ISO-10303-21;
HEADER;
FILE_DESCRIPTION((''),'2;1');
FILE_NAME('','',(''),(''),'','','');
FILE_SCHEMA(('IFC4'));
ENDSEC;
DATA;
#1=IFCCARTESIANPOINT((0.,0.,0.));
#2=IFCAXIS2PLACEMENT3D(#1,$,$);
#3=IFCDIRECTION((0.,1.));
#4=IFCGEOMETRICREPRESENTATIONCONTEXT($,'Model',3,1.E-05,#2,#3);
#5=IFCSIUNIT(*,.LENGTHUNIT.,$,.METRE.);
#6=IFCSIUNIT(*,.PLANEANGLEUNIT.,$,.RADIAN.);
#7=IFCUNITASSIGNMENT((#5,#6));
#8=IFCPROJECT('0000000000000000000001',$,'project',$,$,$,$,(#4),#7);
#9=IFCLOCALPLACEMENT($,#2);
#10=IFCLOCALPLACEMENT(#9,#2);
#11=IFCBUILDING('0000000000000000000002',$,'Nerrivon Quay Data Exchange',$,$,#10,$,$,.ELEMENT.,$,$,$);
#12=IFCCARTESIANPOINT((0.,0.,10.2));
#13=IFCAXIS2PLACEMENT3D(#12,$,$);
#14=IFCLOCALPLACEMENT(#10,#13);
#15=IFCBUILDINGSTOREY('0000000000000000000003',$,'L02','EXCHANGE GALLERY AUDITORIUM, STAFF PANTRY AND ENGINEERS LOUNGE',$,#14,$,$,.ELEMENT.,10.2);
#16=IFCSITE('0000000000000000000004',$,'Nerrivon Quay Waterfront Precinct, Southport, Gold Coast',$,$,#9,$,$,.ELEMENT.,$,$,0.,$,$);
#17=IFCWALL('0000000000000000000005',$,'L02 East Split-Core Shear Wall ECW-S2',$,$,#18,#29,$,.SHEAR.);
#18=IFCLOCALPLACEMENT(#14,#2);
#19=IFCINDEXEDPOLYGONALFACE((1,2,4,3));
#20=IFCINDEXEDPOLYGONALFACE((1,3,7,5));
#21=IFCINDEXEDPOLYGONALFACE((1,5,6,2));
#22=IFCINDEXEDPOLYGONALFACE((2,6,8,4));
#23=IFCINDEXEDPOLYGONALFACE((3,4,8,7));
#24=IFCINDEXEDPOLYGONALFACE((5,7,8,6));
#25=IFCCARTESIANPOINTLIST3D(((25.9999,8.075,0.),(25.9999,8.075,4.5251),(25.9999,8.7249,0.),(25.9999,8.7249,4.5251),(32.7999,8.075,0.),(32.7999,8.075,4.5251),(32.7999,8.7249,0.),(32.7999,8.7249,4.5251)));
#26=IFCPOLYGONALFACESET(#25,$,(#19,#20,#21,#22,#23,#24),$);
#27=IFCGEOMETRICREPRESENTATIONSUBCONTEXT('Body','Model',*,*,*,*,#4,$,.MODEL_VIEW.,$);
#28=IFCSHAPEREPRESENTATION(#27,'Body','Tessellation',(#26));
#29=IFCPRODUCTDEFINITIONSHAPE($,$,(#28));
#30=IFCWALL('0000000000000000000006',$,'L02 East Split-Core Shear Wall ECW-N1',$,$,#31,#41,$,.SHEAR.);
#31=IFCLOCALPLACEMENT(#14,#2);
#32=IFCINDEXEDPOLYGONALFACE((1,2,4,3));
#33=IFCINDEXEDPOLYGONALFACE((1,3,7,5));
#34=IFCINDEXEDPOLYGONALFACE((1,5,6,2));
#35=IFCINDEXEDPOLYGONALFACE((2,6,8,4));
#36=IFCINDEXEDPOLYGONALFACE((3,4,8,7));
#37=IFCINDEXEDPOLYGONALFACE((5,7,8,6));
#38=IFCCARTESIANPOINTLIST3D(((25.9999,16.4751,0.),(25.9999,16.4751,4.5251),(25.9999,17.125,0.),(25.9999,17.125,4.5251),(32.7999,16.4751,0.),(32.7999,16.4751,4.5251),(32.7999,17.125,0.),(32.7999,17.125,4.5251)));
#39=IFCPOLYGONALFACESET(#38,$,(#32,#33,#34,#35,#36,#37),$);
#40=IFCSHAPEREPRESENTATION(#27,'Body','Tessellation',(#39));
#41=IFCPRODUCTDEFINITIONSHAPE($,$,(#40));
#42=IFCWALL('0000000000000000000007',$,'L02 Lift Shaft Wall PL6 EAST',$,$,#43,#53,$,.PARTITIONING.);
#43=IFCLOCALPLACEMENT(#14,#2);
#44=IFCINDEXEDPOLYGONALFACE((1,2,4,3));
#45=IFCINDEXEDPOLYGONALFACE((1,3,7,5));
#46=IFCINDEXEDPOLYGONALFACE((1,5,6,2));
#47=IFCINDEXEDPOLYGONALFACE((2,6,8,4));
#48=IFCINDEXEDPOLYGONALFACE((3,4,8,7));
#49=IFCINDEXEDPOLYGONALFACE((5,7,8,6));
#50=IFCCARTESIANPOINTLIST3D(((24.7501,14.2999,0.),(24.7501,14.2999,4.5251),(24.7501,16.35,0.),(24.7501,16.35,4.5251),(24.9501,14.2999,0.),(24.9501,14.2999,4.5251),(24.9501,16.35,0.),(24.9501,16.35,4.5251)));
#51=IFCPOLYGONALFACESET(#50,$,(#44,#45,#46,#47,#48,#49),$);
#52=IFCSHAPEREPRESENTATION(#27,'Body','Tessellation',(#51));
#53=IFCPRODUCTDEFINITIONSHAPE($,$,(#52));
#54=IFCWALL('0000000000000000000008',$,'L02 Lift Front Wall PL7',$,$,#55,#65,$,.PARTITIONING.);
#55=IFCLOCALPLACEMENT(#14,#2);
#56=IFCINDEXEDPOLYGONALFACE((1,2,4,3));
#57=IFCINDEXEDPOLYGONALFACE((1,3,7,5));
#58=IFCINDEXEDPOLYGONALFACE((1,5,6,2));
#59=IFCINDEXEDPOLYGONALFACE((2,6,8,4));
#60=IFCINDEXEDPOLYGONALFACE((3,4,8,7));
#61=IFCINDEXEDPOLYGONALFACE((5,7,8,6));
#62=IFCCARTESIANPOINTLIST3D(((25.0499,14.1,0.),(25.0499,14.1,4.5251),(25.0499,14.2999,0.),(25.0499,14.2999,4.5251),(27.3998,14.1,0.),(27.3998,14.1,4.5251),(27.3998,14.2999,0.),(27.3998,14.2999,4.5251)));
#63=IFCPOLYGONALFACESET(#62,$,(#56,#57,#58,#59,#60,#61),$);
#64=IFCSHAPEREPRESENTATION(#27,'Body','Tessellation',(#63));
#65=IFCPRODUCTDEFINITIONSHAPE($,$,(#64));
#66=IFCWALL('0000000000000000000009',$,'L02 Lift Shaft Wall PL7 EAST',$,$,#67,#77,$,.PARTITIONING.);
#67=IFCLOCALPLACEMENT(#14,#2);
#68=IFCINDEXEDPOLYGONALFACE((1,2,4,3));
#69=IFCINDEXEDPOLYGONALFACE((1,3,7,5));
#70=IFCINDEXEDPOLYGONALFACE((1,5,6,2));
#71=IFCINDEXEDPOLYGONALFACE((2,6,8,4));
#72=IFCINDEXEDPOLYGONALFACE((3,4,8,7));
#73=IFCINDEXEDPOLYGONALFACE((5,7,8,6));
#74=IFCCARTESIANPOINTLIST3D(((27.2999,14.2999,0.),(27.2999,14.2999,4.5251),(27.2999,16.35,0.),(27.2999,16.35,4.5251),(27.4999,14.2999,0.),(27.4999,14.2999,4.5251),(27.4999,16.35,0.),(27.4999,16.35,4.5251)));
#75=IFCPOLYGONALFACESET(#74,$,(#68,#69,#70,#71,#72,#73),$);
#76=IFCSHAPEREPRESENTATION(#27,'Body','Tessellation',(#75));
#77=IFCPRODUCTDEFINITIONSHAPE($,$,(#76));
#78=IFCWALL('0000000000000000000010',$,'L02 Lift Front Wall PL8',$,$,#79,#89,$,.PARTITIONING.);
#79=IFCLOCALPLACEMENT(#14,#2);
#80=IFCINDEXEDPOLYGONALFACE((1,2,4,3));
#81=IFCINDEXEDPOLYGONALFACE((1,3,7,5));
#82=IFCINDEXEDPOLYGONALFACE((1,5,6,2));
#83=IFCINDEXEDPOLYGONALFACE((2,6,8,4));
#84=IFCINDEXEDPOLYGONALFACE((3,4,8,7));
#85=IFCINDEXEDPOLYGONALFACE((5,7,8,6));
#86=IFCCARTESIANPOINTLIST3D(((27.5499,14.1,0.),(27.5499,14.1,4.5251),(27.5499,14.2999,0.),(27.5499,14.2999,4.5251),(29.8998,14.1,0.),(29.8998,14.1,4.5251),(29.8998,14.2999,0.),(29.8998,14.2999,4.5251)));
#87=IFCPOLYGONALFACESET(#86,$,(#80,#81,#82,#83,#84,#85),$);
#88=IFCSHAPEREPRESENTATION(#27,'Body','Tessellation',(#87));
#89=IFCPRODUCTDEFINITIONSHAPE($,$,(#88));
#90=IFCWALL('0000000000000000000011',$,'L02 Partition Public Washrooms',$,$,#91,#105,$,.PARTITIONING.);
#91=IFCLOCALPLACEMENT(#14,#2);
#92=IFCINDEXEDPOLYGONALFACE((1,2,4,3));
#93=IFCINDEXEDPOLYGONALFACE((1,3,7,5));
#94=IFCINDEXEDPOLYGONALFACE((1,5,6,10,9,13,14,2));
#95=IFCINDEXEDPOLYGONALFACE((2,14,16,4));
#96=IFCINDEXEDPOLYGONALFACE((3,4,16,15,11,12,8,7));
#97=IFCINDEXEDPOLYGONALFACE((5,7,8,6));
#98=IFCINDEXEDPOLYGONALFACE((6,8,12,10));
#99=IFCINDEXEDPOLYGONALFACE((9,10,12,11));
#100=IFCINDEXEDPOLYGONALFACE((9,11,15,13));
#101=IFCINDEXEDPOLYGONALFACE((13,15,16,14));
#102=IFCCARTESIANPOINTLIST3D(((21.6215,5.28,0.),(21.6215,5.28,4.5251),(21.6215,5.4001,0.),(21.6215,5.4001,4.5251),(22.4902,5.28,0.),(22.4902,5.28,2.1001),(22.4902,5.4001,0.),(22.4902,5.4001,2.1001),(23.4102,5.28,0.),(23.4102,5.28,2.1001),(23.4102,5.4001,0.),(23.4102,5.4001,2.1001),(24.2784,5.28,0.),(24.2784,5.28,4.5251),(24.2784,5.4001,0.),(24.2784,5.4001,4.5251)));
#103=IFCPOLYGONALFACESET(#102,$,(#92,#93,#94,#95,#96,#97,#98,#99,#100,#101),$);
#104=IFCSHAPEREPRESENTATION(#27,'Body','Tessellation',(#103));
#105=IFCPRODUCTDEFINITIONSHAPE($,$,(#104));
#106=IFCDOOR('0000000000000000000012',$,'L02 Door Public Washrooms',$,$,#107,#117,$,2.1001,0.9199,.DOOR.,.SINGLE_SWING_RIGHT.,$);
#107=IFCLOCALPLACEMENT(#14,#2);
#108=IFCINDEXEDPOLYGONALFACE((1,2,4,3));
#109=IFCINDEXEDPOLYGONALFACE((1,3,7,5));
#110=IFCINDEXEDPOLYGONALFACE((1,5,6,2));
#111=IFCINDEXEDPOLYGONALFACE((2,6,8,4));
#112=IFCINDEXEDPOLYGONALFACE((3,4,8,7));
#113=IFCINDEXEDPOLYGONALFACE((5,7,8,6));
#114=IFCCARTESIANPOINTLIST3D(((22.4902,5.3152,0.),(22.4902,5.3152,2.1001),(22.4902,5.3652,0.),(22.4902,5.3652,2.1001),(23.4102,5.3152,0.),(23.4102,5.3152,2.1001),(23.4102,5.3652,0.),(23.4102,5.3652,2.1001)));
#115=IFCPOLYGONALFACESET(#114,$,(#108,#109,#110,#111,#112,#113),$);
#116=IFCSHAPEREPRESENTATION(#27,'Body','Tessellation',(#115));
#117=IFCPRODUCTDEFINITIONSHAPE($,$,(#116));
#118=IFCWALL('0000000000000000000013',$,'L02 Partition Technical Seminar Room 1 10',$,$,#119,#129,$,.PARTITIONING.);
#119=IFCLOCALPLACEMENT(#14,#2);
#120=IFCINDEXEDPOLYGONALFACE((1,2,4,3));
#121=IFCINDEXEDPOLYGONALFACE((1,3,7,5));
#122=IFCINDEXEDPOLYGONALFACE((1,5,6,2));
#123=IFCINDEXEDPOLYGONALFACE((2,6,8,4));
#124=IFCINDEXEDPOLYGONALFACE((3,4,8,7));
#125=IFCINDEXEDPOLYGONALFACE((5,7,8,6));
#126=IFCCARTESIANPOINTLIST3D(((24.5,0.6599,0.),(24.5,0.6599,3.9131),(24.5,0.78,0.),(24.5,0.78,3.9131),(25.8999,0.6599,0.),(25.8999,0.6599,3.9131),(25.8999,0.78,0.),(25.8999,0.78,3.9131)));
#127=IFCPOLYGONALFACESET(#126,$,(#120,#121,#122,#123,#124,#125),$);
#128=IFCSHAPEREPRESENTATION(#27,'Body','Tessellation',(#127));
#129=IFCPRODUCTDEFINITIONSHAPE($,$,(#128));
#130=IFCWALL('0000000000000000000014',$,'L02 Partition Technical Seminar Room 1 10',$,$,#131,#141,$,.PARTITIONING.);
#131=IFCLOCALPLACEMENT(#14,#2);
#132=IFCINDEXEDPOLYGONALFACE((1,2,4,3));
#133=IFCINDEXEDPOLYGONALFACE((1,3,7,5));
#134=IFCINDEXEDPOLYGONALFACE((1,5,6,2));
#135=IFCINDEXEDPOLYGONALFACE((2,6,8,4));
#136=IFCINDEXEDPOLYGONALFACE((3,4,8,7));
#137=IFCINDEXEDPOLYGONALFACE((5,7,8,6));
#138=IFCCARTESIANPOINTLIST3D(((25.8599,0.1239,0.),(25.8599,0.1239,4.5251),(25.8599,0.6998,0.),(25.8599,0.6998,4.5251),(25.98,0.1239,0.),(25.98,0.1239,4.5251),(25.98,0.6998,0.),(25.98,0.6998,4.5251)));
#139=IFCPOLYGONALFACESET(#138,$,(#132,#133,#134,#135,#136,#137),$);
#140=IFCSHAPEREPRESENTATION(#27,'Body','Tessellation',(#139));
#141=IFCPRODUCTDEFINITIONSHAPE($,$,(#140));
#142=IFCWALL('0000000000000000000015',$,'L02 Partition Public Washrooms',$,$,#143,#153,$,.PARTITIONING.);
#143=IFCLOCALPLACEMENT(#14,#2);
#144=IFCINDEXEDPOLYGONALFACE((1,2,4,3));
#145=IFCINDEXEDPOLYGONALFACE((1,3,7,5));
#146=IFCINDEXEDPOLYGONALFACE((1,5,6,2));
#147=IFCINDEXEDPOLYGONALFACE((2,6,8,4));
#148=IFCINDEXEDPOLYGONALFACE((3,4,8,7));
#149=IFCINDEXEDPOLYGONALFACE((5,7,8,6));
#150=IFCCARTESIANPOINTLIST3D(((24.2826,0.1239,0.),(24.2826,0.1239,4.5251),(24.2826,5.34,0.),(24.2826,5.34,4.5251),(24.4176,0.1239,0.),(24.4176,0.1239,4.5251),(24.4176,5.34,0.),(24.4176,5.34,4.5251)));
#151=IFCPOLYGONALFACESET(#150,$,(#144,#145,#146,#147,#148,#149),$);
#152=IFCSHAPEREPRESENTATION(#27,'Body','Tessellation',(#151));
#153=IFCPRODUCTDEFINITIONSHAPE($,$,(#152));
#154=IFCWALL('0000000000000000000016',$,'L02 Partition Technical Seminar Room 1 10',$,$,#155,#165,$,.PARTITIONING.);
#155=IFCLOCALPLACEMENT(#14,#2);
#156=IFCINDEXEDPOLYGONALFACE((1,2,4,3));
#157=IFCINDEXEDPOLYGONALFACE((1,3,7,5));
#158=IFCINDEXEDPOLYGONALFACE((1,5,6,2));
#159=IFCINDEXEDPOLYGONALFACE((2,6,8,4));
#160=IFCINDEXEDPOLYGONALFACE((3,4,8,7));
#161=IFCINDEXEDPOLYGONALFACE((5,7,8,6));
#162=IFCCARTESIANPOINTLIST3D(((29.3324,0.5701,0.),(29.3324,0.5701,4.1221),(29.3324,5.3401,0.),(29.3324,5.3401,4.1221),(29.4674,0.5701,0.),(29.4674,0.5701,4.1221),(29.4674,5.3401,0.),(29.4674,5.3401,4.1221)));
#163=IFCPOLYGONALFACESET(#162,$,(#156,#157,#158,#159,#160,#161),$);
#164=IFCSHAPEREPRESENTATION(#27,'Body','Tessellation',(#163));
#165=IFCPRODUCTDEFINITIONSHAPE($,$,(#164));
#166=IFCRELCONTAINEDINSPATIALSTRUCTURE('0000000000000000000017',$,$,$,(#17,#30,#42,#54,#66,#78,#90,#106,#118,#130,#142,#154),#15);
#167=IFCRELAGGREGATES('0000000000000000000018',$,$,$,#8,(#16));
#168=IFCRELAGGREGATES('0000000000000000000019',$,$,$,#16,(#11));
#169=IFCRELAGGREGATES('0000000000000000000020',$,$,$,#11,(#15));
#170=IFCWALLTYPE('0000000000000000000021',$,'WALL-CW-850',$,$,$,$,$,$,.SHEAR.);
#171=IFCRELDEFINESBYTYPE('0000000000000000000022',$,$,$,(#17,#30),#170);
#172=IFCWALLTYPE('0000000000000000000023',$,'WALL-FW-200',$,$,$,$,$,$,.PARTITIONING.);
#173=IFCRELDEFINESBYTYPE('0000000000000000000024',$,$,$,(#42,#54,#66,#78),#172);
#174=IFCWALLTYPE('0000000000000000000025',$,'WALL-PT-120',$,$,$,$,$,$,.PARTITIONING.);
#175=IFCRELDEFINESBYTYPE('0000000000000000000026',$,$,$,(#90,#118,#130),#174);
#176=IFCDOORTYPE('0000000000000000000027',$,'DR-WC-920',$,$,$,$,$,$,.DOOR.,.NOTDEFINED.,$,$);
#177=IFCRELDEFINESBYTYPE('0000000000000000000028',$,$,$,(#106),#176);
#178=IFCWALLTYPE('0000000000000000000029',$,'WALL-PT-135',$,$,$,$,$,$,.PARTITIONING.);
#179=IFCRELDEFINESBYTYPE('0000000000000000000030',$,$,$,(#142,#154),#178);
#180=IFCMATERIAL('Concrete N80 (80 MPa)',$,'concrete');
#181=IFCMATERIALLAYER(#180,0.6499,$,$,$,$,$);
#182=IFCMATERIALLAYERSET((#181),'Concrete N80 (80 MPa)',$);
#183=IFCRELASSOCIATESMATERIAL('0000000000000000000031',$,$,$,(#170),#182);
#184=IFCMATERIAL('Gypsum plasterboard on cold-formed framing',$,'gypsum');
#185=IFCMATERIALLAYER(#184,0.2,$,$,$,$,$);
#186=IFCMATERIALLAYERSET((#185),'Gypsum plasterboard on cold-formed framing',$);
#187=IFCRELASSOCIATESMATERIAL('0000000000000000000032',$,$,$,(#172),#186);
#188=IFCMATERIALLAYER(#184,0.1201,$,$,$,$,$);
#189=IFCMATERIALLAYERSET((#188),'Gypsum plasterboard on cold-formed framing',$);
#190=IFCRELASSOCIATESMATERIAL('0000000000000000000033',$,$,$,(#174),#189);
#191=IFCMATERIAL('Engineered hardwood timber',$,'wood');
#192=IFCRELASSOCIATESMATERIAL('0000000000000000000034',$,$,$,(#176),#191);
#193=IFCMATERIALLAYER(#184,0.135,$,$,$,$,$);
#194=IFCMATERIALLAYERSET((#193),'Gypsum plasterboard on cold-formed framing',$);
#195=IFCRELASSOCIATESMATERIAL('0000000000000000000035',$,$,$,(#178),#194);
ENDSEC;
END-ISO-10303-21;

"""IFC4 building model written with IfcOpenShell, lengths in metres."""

from ifc_helpers import new_model, si_unit, direction, frame, frame_2d, origin, place, context, subcontext, project, spatial, rectangle, extrude, material, layer, layer_set, type_object, element, fill, save


model = new_model("IFC4")

# Units and contexts
model_context = context("Model", 3, precision=1e-05, world=origin(), true_north=direction((0.0, 1.0)))
body_context = subcontext(model_context, "Body", "Model", "MODEL_VIEW")
ifc_project = project(units=[si_unit("LENGTHUNIT", "METRE"), si_unit("PLANEANGLEUNIT", "RADIAN")], contexts=[model_context])

# Site, building, storey
site_placement = place(None, origin())
site = spatial("IfcSite", under=ifc_project, at=site_placement, Name="Nerrivon Quay Waterfront Precinct, Southport, Gold Coast", CompositionType="ELEMENT", RefElevation=0.0)
building_placement = place(site_placement, origin())
building = spatial("IfcBuilding", under=site, at=building_placement, Name="Nerrivon Quay Data Exchange", CompositionType="ELEMENT")
storey_placement = place(building_placement, frame((0.0, 0.0, 10.2)))
storey = spatial("IfcBuildingStorey", under=building, at=storey_placement, Name="L02", Description="EXCHANGE GALLERY AUDITORIUM, STAFF PANTRY AND ENGINEERS LOUNGE", CompositionType="ELEMENT", Elevation=10.2)

# Shared definitions
ifc_material_1 = material(Name="Concrete N80 (80 MPa)", Category="concrete")

# Walls
ifc_layer_1 = layer(ifc_material_1, 0.6499)
ifc_layer_set_1 = layer_set([ifc_layer_1], Name="Concrete N80 (80 MPa)")
wall_type_1 = type_object("IfcWallType", Name="WALL-CW-850", PredefinedType="SHEAR", material=ifc_layer_set_1)
for number, where, z_axis, x_axis, name in (
    (1, (26.0, 8.3999, 0.0), (0.0, 0.0, 1.0), (1.0, 0.0, 0.0), "L02 East Split-Core Shear Wall ECW-S2"),
    (2, (26.0, 16.8, 0.0), (0.0, 0.0, 1.0), (1.0, 0.0, 0.0), "L02 East Split-Core Shear Wall ECW-N1"),
):
    element("IfcWall", number, at=place(storey_placement, frame(where, z_axis=z_axis, x_axis=x_axis)), inside=storey, type_object=wall_type_1, Name=name, PredefinedType="SHEAR", context=body_context, shape_type="SweptSolid", body=[
        extrude(rectangle(XDim=6.8, YDim=0.6499, at=frame_2d((3.3999, 0.0))), origin(), (0.0, 0.0, 1.0), 4.5251),
    ])
ifc_material_2 = material(Name="Gypsum plasterboard on cold-formed framing", Category="gypsum")
ifc_layer_2 = layer(ifc_material_2, 0.2)
ifc_layer_set_2 = layer_set([ifc_layer_2], Name="Gypsum plasterboard on cold-formed framing")
wall_type_2 = type_object("IfcWallType", Name="WALL-FW-200", PredefinedType="PARTITIONING", material=ifc_layer_set_2)
wall_1_placement = place(storey_placement, frame((24.8501, 14.3, 0.0), z_axis=(0.0, 0.0, 1.0), x_axis=(0.0, 1.0, 0.0)))
element("IfcWall", 3, at=wall_1_placement, inside=storey, type_object=wall_type_2, Name="L02 Lift Shaft Wall PL6 EAST", PredefinedType="PARTITIONING", context=body_context, shape_type="SweptSolid", body=[
    extrude(rectangle(XDim=2.05, YDim=0.2, at=frame_2d((1.0249, 0.0))), origin(), (0.0, 0.0, 1.0), 4.5251),
])
wall_2_placement = place(storey_placement, frame((25.05, 14.2, 0.0), z_axis=(0.0, 0.0, 1.0), x_axis=(1.0, 0.0, 0.0)))
element("IfcWall", 4, at=wall_2_placement, inside=storey, type_object=wall_type_2, Name="L02 Lift Front Wall PL7", PredefinedType="PARTITIONING", context=body_context, shape_type="SweptSolid", body=[
    extrude(rectangle(XDim=2.3499, YDim=0.2, at=frame_2d((1.1748, 0.0))), origin(), (0.0, 0.0, 1.0), 4.5251),
])
wall_3_placement = place(storey_placement, frame((27.3999, 14.3, 0.0), z_axis=(0.0, 0.0, 1.0), x_axis=(0.0, 1.0, 0.0)))
element("IfcWall", 5, at=wall_3_placement, inside=storey, type_object=wall_type_2, Name="L02 Lift Shaft Wall PL7 EAST", PredefinedType="PARTITIONING", context=body_context, shape_type="SweptSolid", body=[
    extrude(rectangle(XDim=2.05, YDim=0.2, at=frame_2d((1.0249, 0.0))), origin(), (0.0, 0.0, 1.0), 4.5251),
])
wall_4_placement = place(storey_placement, frame((27.55, 14.2, 0.0), z_axis=(0.0, 0.0, 1.0), x_axis=(1.0, 0.0, 0.0)))
element("IfcWall", 6, at=wall_4_placement, inside=storey, type_object=wall_type_2, Name="L02 Lift Front Wall PL8", PredefinedType="PARTITIONING", context=body_context, shape_type="SweptSolid", body=[
    extrude(rectangle(XDim=2.3499, YDim=0.2, at=frame_2d((1.1748, 0.0))), origin(), (0.0, 0.0, 1.0), 4.5251),
])

# Wall, opening, door
ifc_layer_3 = layer(ifc_material_2, 0.1201)
ifc_layer_set_3 = layer_set([ifc_layer_3], Name="Gypsum plasterboard on cold-formed framing")
wall_type_3 = type_object("IfcWallType", Name="WALL-PT-120", PredefinedType="PARTITIONING", material=ifc_layer_set_3)
wall_5_placement = place(storey_placement, frame((24.2786, 5.3401, 0.0), z_axis=(0.0, 0.0, 1.0), x_axis=(-1.0, 0.0, 0.0)))
wall_5 = element("IfcWall", 7, at=wall_5_placement, inside=storey, type_object=wall_type_3, Name="L02 Partition Public Washrooms", PredefinedType="PARTITIONING", context=body_context, shape_type="SweptSolid", body=[
    extrude(rectangle(XDim=2.657, YDim=0.1201, at=frame_2d((1.3286, 0.0))), origin(), (0.0, 0.0, 1.0), 4.5251),
])
opening_1_placement = place(wall_5_placement, frame((0.8684, 0.0, 0.0)))
opening_1 = element("IfcOpeningElement", 8, at=opening_1_placement, cuts=wall_5, PredefinedType="OPENING", context=body_context, shape_type="SweptSolid", body=[
    extrude(rectangle(XDim=0.9199, YDim=2.1001, at=frame_2d((0.46, 1.05))), frame((0.0, 0.0701, 0.0), z_axis=(0.0, -1.0, 0.0), x_axis=(1.0, 0.0, 0.0)), (0.0, 0.0, 1.0), 0.1401),
])
ifc_material_3 = material(Name="Engineered hardwood timber", Category="wood")
door_type_1 = type_object("IfcDoorType", Name="DR-WC-920", OperationType="NOTDEFINED", PredefinedType="DOOR", material=ifc_material_3)
door_1_placement = place(opening_1_placement, origin())
door_1 = element("IfcDoor", 9, at=door_1_placement, inside=storey, type_object=door_type_1, Name="L02 Door Public Washrooms", OperationType="SINGLE_SWING_RIGHT", OverallHeight=2.1001, OverallWidth=0.9199, PredefinedType="DOOR", context=body_context, shape_type="SweptSolid", body=[
    extrude(rectangle(XDim=0.9199, YDim=2.1001, at=frame_2d((0.46, 1.05))), frame((0.0, 0.0249, 0.0), z_axis=(0.0, -1.0, 0.0), x_axis=(1.0, 0.0, 0.0)), (0.0, 0.0, 1.0), 0.05),
])
fill(opening_1, door_1)

# Walls
wall_6_placement = place(storey_placement, frame((24.5, 0.72, 0.0), z_axis=(0.0, 0.0, 1.0), x_axis=(1.0, 0.0, 0.0)))
element("IfcWall", 10, at=wall_6_placement, inside=storey, type_object=wall_type_3, Name="L02 Partition Technical Seminar Room 1 10", PredefinedType="PARTITIONING", context=body_context, shape_type="SweptSolid", body=[
    extrude(rectangle(XDim=1.3999, YDim=0.1201, at=frame_2d((0.7, 0.0))), origin(), (0.0, 0.0, 1.0), 3.9131),
])
wall_7_placement = place(storey_placement, frame((25.9199, 0.7, 0.0), z_axis=(0.0, 0.0, 1.0), x_axis=(0.0, -1.0, 0.0)))
element("IfcWall", 11, at=wall_7_placement, inside=storey, type_object=wall_type_3, Name="L02 Partition Technical Seminar Room 1 10", PredefinedType="PARTITIONING", context=body_context, shape_type="SweptSolid", body=[
    extrude(rectangle(XDim=0.5759, YDim=0.1201, at=frame_2d((0.2881, 0.0))), origin(), (0.0, 0.0, 1.0), 4.5251),
])
ifc_layer_4 = layer(ifc_material_2, 0.135)
ifc_layer_set_4 = layer_set([ifc_layer_4], Name="Gypsum plasterboard on cold-formed framing")
wall_type_4 = type_object("IfcWallType", Name="WALL-PT-135", PredefinedType="PARTITIONING", material=ifc_layer_set_4)
wall_8_placement = place(storey_placement, frame((24.3501, 0.124, 0.0), z_axis=(0.0, 0.0, 1.0), x_axis=(0.0, 1.0, 0.0)))
element("IfcWall", 12, at=wall_8_placement, inside=storey, type_object=wall_type_4, Name="L02 Partition Public Washrooms", PredefinedType="PARTITIONING", context=body_context, shape_type="SweptSolid", body=[
    extrude(rectangle(XDim=5.2161, YDim=0.135, at=frame_2d((2.6079, 0.0))), origin(), (0.0, 0.0, 1.0), 4.5251),
])
wall_9_placement = place(storey_placement, frame((29.3999, 0.5701, 0.0), z_axis=(0.0, 0.0, 1.0), x_axis=(0.0, 1.0, 0.0)))
element("IfcWall", 13, at=wall_9_placement, inside=storey, type_object=wall_type_4, Name="L02 Partition Technical Seminar Room 1 10", PredefinedType="PARTITIONING", context=body_context, shape_type="SweptSolid", body=[
    extrude(rectangle(XDim=4.77, YDim=0.135, at=frame_2d((2.385, 0.0))), origin(), (0.0, 0.0, 1.0), 4.1221),
])

save(model, "model.ifc")
